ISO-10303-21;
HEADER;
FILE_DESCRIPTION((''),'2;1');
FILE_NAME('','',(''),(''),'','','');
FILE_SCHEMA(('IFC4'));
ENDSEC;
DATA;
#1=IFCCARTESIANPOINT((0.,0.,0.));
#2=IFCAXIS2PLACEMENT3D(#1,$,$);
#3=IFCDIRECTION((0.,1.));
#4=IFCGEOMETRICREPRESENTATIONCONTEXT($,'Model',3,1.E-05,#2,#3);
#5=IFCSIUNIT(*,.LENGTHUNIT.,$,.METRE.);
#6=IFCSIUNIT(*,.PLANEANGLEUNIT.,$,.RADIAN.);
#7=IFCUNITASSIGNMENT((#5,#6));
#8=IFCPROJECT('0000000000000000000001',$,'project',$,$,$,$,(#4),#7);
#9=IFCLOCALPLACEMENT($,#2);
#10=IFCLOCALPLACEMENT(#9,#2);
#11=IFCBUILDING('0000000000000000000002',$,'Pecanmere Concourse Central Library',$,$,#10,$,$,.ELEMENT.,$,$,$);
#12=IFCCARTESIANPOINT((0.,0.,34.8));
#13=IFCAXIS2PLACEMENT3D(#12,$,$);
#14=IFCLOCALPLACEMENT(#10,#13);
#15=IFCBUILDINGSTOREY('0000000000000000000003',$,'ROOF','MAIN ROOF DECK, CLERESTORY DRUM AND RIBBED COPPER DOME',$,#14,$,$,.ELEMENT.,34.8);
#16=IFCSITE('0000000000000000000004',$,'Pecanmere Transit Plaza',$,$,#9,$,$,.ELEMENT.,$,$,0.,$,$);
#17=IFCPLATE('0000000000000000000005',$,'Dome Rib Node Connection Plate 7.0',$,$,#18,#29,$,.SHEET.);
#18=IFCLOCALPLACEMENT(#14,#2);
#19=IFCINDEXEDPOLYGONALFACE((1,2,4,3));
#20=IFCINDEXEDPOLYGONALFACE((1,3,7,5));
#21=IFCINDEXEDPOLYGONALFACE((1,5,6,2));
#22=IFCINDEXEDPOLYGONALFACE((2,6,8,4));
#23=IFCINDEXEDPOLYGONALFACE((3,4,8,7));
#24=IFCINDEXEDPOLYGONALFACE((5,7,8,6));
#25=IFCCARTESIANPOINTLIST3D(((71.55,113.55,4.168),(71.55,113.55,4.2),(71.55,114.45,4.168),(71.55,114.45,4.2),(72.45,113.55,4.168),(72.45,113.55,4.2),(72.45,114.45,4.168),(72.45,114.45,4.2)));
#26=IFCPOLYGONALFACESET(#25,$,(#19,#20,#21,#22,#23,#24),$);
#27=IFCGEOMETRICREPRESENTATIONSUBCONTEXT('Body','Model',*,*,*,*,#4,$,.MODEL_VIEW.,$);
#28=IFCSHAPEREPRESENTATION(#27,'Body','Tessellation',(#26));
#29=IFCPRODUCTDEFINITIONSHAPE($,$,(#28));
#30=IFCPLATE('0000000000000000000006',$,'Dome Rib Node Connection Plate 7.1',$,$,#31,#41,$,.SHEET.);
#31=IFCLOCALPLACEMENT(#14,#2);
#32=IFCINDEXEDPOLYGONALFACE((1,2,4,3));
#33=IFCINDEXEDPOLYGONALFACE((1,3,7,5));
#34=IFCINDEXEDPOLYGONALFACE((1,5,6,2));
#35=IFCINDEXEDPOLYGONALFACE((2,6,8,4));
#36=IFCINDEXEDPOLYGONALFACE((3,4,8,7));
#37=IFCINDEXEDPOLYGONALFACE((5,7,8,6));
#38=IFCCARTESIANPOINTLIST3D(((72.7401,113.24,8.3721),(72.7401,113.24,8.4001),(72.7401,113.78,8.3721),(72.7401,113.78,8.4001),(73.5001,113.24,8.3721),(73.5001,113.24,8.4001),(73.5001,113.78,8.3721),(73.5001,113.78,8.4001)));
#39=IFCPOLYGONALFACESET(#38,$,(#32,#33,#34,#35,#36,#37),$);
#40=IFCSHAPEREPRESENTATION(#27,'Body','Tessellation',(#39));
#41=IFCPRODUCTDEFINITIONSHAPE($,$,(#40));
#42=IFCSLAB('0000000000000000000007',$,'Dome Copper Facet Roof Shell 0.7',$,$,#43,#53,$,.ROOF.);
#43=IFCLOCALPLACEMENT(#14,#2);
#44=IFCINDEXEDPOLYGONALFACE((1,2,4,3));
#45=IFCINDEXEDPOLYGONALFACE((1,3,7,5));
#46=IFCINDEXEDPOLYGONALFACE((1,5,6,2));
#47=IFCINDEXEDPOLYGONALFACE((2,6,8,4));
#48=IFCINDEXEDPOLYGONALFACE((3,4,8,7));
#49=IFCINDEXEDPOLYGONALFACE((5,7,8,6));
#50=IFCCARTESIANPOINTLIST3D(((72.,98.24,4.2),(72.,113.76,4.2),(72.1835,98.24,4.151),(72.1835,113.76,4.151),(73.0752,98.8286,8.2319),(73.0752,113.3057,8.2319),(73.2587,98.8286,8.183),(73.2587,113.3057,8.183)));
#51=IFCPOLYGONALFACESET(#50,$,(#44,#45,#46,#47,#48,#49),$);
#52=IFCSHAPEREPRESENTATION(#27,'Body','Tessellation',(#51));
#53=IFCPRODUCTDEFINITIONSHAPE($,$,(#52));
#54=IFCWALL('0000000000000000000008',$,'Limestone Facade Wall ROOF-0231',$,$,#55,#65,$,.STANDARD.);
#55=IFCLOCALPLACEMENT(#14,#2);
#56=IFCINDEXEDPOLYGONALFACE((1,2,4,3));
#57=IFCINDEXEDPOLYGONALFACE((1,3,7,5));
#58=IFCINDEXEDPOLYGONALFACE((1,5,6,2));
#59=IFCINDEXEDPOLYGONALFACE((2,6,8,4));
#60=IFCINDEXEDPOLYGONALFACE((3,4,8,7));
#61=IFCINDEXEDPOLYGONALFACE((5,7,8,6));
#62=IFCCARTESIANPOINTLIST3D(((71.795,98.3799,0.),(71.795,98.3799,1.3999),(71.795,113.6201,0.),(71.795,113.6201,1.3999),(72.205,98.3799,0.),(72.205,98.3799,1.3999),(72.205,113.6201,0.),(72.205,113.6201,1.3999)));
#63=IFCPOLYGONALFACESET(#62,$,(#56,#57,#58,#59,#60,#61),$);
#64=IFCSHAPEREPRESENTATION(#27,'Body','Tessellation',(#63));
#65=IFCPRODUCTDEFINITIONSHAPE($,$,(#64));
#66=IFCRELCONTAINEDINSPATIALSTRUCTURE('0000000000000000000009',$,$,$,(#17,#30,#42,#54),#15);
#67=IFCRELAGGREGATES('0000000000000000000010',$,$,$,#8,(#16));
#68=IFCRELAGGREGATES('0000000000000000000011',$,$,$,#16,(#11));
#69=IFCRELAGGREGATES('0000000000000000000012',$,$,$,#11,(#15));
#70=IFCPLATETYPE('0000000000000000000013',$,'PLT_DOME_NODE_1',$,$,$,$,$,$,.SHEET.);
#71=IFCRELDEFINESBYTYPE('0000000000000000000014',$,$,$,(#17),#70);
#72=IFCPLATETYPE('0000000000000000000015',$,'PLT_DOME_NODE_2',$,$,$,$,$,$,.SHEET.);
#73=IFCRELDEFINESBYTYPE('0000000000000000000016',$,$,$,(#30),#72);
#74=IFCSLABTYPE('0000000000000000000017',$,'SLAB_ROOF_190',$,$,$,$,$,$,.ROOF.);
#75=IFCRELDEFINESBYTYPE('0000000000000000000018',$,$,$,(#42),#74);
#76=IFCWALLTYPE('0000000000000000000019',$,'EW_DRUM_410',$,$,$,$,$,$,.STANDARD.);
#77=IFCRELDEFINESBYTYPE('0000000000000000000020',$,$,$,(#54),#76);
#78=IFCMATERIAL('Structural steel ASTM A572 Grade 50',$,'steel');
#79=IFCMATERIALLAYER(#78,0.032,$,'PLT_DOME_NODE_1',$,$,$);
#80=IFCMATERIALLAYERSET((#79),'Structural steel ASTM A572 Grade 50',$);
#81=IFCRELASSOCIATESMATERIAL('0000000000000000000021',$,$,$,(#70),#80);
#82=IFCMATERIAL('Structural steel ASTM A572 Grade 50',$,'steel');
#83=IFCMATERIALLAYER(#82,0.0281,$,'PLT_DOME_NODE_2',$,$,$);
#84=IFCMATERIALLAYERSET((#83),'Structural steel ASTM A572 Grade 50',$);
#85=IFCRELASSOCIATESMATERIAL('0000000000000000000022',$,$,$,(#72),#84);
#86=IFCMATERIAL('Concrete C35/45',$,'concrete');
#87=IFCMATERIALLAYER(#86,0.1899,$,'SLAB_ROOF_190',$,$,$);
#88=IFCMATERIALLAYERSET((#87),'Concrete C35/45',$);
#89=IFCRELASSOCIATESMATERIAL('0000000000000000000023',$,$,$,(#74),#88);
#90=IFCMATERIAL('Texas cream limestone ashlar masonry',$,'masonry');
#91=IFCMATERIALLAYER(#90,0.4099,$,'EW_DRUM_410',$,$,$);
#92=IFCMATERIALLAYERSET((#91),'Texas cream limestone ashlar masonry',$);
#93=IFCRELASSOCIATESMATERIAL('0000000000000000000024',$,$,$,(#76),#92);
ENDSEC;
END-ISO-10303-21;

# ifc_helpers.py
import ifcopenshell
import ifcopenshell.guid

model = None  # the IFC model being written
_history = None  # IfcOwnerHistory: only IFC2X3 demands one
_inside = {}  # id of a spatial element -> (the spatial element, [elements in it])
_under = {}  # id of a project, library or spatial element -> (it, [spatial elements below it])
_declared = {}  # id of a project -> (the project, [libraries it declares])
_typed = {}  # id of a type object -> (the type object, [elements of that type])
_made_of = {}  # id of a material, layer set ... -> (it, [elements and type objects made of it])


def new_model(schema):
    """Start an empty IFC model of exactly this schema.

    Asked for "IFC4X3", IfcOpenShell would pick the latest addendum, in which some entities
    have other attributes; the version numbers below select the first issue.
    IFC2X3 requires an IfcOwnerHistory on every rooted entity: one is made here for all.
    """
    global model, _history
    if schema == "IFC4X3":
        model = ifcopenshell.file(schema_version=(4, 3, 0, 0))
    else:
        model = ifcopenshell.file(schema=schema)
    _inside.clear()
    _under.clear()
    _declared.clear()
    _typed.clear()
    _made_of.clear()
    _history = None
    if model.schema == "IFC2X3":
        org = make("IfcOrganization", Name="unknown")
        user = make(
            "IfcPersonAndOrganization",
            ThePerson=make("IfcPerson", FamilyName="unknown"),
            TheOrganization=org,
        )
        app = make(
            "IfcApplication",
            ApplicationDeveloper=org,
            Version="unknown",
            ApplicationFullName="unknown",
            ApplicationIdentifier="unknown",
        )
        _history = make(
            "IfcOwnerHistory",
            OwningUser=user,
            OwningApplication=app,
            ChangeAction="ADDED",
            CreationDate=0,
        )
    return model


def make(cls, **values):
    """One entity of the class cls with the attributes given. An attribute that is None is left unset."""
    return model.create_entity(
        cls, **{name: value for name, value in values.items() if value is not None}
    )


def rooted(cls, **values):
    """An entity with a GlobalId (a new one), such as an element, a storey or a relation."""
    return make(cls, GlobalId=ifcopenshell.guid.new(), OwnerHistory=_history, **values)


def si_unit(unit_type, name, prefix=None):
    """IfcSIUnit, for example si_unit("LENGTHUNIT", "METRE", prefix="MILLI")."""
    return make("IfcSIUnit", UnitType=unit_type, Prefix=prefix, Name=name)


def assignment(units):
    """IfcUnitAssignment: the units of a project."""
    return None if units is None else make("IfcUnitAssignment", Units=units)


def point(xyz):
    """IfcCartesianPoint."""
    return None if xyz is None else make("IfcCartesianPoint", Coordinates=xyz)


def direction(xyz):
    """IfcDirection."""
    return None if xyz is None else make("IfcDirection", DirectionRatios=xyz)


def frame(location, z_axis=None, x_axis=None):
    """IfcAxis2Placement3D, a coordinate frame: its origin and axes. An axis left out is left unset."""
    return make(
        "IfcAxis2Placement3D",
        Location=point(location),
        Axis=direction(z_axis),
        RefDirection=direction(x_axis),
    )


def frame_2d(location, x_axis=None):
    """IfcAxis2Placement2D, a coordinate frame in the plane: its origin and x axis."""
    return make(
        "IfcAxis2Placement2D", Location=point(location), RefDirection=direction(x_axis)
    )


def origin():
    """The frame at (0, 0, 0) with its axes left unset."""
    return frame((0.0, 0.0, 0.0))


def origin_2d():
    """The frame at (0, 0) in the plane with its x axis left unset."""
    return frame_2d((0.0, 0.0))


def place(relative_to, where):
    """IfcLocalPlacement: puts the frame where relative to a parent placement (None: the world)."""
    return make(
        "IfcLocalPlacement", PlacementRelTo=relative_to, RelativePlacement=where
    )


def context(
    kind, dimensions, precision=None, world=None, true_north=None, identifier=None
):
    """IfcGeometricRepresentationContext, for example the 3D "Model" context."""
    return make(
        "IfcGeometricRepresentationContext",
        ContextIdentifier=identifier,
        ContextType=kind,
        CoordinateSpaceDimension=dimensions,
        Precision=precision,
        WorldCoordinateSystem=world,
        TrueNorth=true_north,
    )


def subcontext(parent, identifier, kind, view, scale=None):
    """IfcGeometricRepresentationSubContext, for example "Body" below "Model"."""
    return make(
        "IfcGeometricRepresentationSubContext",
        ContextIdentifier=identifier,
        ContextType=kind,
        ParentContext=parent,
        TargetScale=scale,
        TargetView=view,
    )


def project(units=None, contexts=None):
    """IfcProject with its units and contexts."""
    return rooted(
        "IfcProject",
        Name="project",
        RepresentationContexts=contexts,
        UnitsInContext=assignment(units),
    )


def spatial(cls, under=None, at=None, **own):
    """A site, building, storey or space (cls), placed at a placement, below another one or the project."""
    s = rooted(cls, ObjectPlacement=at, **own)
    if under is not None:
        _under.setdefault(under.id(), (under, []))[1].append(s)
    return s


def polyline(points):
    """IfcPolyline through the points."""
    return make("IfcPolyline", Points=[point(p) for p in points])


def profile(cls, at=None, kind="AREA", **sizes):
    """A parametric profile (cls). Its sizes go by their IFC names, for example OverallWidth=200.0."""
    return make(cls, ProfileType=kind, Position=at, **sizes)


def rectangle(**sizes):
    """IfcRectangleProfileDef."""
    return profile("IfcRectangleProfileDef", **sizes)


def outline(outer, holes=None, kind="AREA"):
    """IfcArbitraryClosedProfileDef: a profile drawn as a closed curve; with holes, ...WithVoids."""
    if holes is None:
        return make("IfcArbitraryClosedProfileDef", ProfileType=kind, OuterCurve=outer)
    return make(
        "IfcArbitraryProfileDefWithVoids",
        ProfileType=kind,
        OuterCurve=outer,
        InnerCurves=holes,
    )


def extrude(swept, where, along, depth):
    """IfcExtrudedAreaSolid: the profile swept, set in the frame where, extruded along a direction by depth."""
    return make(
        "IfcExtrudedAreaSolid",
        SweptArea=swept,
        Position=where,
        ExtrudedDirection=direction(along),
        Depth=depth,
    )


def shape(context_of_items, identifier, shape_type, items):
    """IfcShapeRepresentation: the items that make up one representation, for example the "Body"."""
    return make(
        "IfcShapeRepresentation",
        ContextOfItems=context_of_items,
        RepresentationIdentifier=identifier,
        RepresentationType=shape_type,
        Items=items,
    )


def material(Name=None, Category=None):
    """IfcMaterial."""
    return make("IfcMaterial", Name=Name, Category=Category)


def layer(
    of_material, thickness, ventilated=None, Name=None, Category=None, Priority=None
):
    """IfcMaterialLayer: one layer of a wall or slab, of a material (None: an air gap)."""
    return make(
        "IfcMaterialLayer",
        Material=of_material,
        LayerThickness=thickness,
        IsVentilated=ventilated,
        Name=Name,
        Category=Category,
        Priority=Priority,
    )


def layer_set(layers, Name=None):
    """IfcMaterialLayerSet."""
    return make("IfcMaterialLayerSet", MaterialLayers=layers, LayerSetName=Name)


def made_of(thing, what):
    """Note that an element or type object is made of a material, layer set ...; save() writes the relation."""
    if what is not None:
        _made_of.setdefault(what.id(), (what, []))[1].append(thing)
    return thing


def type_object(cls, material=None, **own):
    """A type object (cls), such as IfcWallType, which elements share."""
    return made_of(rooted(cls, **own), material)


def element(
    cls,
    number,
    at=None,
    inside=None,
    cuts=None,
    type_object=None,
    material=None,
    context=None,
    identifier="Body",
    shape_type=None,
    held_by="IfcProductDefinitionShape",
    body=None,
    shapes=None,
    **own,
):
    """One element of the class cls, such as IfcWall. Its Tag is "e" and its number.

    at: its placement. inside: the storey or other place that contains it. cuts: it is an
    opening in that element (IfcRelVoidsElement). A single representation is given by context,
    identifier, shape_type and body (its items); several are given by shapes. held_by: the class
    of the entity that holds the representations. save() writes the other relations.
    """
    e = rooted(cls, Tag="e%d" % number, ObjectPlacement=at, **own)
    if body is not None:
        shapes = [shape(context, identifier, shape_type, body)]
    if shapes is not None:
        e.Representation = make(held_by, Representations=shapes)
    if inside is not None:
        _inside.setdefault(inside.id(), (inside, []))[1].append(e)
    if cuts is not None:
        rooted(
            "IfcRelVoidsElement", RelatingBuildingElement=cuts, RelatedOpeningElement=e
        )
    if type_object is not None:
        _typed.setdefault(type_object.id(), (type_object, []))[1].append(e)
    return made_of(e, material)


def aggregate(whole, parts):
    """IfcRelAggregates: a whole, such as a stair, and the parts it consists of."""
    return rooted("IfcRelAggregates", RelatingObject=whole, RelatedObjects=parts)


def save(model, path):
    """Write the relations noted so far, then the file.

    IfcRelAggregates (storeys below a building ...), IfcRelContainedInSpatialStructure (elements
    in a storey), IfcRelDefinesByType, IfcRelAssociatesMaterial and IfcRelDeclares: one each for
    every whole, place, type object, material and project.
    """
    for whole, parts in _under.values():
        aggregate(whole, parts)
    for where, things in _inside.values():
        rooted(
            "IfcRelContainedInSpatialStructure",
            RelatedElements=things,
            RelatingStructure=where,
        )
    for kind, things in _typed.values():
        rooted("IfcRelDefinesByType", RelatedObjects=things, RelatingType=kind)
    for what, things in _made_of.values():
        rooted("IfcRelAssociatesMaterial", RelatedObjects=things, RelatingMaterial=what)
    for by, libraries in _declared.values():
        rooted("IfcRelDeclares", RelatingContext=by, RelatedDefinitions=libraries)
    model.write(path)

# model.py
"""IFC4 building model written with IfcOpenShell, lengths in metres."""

from ifc_helpers import new_model, si_unit, direction, frame, frame_2d, origin, origin_2d, place, context, subcontext, project, spatial, polyline, rectangle, outline, extrude, material, layer, layer_set, type_object, element, save


model = new_model("IFC4")

# Units and contexts
model_context = context("Model", 3, precision=1e-05, world=origin(), true_north=direction((0.0, 1.0)))
body_context = subcontext(model_context, "Body", "Model", "MODEL_VIEW")
ifc_project = project(units=[si_unit("LENGTHUNIT", "METRE"), si_unit("PLANEANGLEUNIT", "RADIAN")], contexts=[model_context])

# Site, building, storey
site_placement = place(None, origin())
site = spatial("IfcSite", under=ifc_project, at=site_placement, Name="Pecanmere Transit Plaza", CompositionType="ELEMENT", RefElevation=0.0)
building_placement = place(site_placement, origin())
building = spatial("IfcBuilding", under=site, at=building_placement, Name="Pecanmere Concourse Central Library", CompositionType="ELEMENT")
storey_placement = place(building_placement, frame((0.0, 0.0, 34.8)))
storey = spatial("IfcBuildingStorey", under=building, at=storey_placement, Name="ROOF", Description="MAIN ROOF DECK, CLERESTORY DRUM AND RIBBED COPPER DOME", CompositionType="ELEMENT", Elevation=34.8)

# Plates
ifc_material_1 = material(Name="Structural steel ASTM A572 Grade 50", Category="steel")
ifc_layer_1 = layer(ifc_material_1, 0.032, Name="PLT_DOME_NODE_1")
ifc_layer_set_1 = layer_set([ifc_layer_1], Name="Structural steel ASTM A572 Grade 50")
plate_type_1 = type_object("IfcPlateType", Name="PLT_DOME_NODE_1", PredefinedType="SHEET", material=ifc_layer_set_1)
plate_1_placement = place(storey_placement, frame((72.0, 114.0, 4.168), z_axis=(0.0, 0.0, 1.0), x_axis=(1.0, 0.0, 0.0)))
element("IfcPlate", 1, at=plate_1_placement, inside=storey, type_object=plate_type_1, Name="Dome Rib Node Connection Plate 7.0", PredefinedType="SHEET", context=body_context, shape_type="SweptSolid", body=[
    extrude(rectangle(XDim=0.8999, YDim=0.8999, at=origin_2d()), origin(), (0.0, 0.0, 1.0), 0.032),
])
ifc_material_2 = material(Name="Structural steel ASTM A572 Grade 50", Category="steel")
ifc_layer_2 = layer(ifc_material_2, 0.0281, Name="PLT_DOME_NODE_2")
ifc_layer_set_2 = layer_set([ifc_layer_2], Name="Structural steel ASTM A572 Grade 50")
plate_type_2 = type_object("IfcPlateType", Name="PLT_DOME_NODE_2", PredefinedType="SHEET", material=ifc_layer_set_2)
plate_2_placement = place(storey_placement, frame((73.1201, 113.51, 8.3721), z_axis=(0.0, 0.0, 1.0), x_axis=(1.0, 0.0, 0.0)))
element("IfcPlate", 2, at=plate_2_placement, inside=storey, type_object=plate_type_2, Name="Dome Rib Node Connection Plate 7.1", PredefinedType="SHEET", context=body_context, shape_type="SweptSolid", body=[
    extrude(rectangle(XDim=0.76, YDim=0.54, at=origin_2d()), origin(), (0.0, 0.0, 1.0), 0.0281),
])

# Slab
ifc_material_3 = material(Name="Concrete C35/45", Category="concrete")
ifc_layer_3 = layer(ifc_material_3, 0.1899, Name="SLAB_ROOF_190")
ifc_layer_set_3 = layer_set([ifc_layer_3], Name="Concrete C35/45")
slab_type = type_object("IfcSlabType", Name="SLAB_ROOF_190", PredefinedType="ROOF", material=ifc_layer_set_3)
slab_placement = place(storey_placement, frame((72.0, 113.76, 4.2), z_axis=(-0.966235, 0.0, 0.257663), x_axis=(0.0, -1.0, 0.0)))
element("IfcSlab", 3, at=slab_placement, inside=storey, type_object=slab_type, Name="Dome Copper Facet Roof Shell 0.7", PredefinedType="ROOF", context=body_context, shape_type="SweptSolid", body=[
    extrude(outline(polyline([(0.0, 0.0), (15.52, 0.0), (14.9314, 4.1729), (0.4543, 4.1729), (0.0, 0.0)])), origin(), (0.0, 0.0, -1.0), 0.1899),
])

# Wall
ifc_material_4 = material(Name="Texas cream limestone ashlar masonry", Category="masonry")
ifc_layer_4 = layer(ifc_material_4, 0.4099, Name="EW_DRUM_410")
ifc_layer_set_4 = layer_set([ifc_layer_4], Name="Texas cream limestone ashlar masonry")
wall_type = type_object("IfcWallType", Name="EW_DRUM_410", PredefinedType="STANDARD", material=ifc_layer_set_4)
wall_placement = place(storey_placement, frame((72.0, 113.6201, 0.0), z_axis=(0.0, 0.0, 1.0), x_axis=(0.0, -1.0, 0.0)))
element("IfcWall", 4, at=wall_placement, inside=storey, type_object=wall_type, Name="Limestone Facade Wall ROOF-0231", PredefinedType="STANDARD", context=body_context, shape_type="SweptSolid", body=[
    extrude(rectangle(XDim=15.2402, YDim=0.4099, at=frame_2d((7.6201, 0.0))), origin(), (0.0, 0.0, 1.0), 1.3999),
])

save(model, "model.ifc")
